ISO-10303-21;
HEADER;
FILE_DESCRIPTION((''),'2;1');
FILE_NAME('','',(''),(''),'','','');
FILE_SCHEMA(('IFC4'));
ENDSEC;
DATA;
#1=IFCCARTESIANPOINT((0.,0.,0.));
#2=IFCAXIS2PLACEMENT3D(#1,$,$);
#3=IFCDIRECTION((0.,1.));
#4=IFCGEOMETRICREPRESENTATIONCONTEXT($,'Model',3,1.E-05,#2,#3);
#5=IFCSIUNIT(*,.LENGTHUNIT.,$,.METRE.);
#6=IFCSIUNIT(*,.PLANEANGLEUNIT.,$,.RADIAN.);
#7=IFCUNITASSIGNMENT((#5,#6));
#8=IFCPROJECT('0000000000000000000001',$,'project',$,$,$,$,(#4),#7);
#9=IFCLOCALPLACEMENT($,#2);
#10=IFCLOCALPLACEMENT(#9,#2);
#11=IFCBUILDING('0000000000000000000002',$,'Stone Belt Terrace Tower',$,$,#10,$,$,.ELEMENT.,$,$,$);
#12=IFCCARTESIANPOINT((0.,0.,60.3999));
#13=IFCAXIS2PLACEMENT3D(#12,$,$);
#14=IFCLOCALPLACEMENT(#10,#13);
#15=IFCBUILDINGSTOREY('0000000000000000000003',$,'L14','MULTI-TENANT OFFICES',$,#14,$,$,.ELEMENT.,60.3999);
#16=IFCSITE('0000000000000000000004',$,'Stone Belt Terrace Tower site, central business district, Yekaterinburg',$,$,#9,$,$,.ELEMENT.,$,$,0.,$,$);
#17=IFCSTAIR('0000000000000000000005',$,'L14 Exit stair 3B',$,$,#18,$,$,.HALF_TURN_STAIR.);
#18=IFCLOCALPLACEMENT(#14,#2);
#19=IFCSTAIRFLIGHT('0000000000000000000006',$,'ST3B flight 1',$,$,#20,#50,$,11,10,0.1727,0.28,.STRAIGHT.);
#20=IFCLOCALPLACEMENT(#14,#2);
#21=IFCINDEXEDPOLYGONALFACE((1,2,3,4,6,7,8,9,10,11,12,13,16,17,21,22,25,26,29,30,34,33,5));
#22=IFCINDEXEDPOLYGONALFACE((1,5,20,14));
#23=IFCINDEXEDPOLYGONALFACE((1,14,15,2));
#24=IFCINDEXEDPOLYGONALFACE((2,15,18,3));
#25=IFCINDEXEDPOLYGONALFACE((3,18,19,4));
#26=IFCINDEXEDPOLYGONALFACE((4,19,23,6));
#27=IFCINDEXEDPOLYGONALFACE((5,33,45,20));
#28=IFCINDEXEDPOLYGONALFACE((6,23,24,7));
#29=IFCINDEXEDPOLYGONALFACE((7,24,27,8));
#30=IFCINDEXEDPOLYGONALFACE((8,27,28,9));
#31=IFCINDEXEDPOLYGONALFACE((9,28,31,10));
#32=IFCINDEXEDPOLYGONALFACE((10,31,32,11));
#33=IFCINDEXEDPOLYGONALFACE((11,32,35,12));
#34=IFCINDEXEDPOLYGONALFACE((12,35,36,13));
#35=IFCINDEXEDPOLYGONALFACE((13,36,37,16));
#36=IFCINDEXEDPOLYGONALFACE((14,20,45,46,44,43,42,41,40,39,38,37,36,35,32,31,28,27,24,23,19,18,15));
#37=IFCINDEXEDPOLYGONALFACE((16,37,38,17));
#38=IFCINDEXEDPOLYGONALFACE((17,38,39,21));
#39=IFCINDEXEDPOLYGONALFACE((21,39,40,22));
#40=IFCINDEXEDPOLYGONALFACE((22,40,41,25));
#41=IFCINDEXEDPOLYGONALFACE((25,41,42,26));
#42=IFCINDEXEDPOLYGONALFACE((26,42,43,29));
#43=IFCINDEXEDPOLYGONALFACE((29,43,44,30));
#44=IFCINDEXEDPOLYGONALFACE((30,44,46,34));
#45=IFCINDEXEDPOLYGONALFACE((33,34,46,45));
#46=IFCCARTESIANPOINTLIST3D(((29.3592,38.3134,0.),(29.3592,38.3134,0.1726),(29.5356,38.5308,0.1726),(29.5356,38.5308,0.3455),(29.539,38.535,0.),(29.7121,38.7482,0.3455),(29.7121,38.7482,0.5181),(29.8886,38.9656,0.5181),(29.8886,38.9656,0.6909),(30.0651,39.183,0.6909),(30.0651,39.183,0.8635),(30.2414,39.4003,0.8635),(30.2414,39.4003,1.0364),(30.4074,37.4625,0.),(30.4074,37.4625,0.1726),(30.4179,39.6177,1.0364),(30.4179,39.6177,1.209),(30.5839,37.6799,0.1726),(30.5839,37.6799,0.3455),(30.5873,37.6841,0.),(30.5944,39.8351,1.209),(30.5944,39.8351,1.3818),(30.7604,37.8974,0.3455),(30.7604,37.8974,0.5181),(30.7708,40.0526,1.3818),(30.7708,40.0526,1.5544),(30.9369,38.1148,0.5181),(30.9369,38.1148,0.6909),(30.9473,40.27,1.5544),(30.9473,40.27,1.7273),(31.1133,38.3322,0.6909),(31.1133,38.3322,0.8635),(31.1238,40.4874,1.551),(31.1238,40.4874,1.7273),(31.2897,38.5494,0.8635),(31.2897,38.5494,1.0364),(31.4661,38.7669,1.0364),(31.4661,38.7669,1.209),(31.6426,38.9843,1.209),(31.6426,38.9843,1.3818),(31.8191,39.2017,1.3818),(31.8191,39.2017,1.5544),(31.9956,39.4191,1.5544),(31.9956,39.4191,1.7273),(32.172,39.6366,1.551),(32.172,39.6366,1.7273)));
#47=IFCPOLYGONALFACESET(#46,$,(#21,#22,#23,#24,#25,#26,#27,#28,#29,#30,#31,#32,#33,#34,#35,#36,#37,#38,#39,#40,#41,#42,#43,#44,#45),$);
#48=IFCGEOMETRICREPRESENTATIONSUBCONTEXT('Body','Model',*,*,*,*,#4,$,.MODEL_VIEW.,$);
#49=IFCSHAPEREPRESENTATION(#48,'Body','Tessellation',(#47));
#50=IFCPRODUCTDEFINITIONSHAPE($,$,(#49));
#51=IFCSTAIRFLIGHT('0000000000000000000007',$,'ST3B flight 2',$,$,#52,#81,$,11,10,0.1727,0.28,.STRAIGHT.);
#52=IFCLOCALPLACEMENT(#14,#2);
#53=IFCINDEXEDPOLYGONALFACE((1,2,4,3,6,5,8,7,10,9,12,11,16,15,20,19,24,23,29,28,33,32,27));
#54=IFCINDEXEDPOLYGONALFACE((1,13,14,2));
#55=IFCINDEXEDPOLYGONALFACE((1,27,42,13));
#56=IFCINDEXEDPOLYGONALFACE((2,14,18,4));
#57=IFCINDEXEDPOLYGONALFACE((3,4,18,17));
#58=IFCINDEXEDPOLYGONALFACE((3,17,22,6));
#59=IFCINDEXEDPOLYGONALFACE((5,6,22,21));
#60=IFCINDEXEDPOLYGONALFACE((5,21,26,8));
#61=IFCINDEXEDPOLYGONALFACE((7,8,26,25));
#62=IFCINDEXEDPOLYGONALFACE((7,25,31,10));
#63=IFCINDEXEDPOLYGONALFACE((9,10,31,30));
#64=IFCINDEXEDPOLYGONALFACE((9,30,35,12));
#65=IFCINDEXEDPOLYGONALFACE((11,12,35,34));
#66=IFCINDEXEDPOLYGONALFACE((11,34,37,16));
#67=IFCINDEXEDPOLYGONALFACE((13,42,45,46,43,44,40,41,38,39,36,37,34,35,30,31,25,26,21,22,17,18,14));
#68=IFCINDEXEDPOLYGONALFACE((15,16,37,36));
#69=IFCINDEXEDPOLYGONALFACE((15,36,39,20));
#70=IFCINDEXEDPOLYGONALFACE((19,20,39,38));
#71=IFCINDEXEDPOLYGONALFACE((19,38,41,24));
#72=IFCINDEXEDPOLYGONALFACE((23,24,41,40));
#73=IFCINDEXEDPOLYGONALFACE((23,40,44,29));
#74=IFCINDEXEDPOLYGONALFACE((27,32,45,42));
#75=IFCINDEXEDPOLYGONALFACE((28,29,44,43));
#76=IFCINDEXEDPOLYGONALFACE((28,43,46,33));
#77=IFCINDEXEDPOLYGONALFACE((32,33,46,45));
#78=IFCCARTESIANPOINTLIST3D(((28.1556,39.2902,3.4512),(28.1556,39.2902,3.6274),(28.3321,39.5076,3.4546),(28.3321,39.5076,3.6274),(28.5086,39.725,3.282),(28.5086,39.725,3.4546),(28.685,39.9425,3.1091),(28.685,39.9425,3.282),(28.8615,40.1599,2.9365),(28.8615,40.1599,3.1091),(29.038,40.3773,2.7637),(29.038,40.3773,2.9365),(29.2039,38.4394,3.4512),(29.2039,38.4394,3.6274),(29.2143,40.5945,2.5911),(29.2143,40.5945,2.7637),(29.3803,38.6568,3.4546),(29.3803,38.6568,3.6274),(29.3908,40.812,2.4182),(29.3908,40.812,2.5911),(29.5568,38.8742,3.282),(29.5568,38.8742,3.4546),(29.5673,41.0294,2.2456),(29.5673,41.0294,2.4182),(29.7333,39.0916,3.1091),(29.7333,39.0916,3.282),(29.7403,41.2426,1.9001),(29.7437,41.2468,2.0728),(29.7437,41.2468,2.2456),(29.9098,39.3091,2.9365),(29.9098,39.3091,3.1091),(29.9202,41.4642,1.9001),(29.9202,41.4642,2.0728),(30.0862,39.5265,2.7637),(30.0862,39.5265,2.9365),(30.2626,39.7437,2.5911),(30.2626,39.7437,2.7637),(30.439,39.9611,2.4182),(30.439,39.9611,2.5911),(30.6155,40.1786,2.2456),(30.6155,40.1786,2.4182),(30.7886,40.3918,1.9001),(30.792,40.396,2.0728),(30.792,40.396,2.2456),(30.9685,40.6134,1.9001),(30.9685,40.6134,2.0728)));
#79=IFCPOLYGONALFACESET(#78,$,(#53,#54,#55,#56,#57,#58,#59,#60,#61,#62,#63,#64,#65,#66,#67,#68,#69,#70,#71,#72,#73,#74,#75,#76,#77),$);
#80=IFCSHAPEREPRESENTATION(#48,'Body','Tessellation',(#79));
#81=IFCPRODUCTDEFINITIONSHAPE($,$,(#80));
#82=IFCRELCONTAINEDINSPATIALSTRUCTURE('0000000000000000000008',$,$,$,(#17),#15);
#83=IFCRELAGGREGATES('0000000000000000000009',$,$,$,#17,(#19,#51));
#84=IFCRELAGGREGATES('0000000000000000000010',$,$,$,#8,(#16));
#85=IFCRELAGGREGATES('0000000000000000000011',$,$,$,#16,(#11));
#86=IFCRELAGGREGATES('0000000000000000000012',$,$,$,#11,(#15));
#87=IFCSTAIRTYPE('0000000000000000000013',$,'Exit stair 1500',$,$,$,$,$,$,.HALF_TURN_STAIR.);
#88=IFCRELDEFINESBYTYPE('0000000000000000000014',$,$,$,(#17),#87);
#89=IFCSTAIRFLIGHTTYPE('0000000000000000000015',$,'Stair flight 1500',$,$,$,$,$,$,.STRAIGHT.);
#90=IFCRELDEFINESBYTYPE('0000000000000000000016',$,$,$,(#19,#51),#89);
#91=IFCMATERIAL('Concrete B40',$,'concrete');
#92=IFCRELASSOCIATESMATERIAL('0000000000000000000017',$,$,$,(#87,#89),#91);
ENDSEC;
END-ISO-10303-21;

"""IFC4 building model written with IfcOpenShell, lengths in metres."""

from ifc_helpers import new_model, si_unit, direction, frame, origin, place, context, subcontext, project, spatial, polyline, outline, extrude, material, type_object, element, aggregate, save


model = new_model("IFC4")

# Units and contexts
model_context = context("Model", 3, precision=1e-05, world=origin(), true_north=direction((0.0, 1.0)))
body_context = subcontext(model_context, "Body", "Model", "MODEL_VIEW")
ifc_project = project(units=[si_unit("LENGTHUNIT", "METRE"), si_unit("PLANEANGLEUNIT", "RADIAN")], contexts=[model_context])

# Site, building, storey
site_placement = place(None, origin())
site = spatial("IfcSite", under=ifc_project, at=site_placement, Name="Stone Belt Terrace Tower site, central business district, Yekaterinburg", CompositionType="ELEMENT", RefElevation=0.0)
building_placement = place(site_placement, origin())
building = spatial("IfcBuilding", under=site, at=building_placement, Name="Stone Belt Terrace Tower", CompositionType="ELEMENT")
storey_placement = place(building_placement, frame((0.0, 0.0, 60.3999)))
storey = spatial("IfcBuildingStorey", under=building, at=storey_placement, Name="L14", Description="MULTI-TENANT OFFICES", CompositionType="ELEMENT", Elevation=60.3999)

# Shared definitions
ifc_material_1 = material(Name="Concrete B40", Category="concrete")
stair_type = type_object("IfcStairType", Name="Exit stair 1500", PredefinedType="HALF_TURN_STAIR", material=ifc_material_1)
stair_flight_type = type_object("IfcStairFlightType", Name="Stair flight 1500", PredefinedType="STRAIGHT", material=ifc_material_1)

# Stair, stair flights
stair_1_placement = place(storey_placement, origin())
stair_1 = element("IfcStair", 1, at=stair_1_placement, inside=storey, type_object=stair_type, Name="L14 Exit stair 3B", PredefinedType="HALF_TURN_STAIR")
stair_flight_1_placement = place(storey_placement, frame((29.8833, 37.8879, 0.0), z_axis=(0.0, 0.0, 1.0), x_axis=(0.630206, 0.776428, 0.0)))
stair_flight_1 = element("IfcStairFlight", 2, at=stair_flight_1_placement, type_object=stair_flight_type, Name="ST3B flight 1", NumberOfRisers=11, NumberOfTreads=10, PredefinedType="STRAIGHT", RiserHeight=0.1727, TreadLength=0.28, context=body_context, shape_type="SweptSolid", body=[
    extrude(outline(polyline([(0.0, 0.0), (0.0, 0.1726), (0.28, 0.1726), (0.28, 0.3455), (0.5601, 0.3455), (0.5601, 0.5181), (0.8401, 0.5181), (0.8401, 0.6909), (1.1201, 0.6909), (1.1201, 0.8635), (1.3999, 0.8635), (1.3999, 1.0364), (1.6799, 1.0364), (1.6799, 1.209), (1.96, 1.209), (1.96, 1.3818), (2.24, 1.3818), (2.24, 1.5544), (2.52, 1.5544), (2.52, 1.7273), (2.8, 1.7273), (2.8, 1.8999), (2.8, 1.551), (0.2854, 0.0), (0.0, 0.0)])), frame((0.0, 0.675, 0.0), z_axis=(0.0, -1.0, 0.0), x_axis=(1.0, 0.0, 0.0)), (0.0, 0.0, 1.0), 1.3501),
])
stair_flight_2_placement = place(storey_placement, frame((30.4443, 41.0388, 1.9001), z_axis=(0.0, 0.0, 1.0), x_axis=(-0.630206, -0.776428, 0.0)))
stair_flight_2 = element("IfcStairFlight", 3, at=stair_flight_2_placement, type_object=stair_flight_type, Name="ST3B flight 2", NumberOfRisers=11, NumberOfTreads=10, PredefinedType="STRAIGHT", RiserHeight=0.1727, TreadLength=0.28, context=body_context, shape_type="SweptSolid", body=[
    extrude(outline(polyline([(0.0, 0.0), (0.0, 0.1726), (0.28, 0.1726), (0.28, 0.3455), (0.5601, 0.3455), (0.5601, 0.5181), (0.8401, 0.5181), (0.8401, 0.6909), (1.1201, 0.6909), (1.1201, 0.8635), (1.3999, 0.8635), (1.3999, 1.0364), (1.6799, 1.0364), (1.6799, 1.209), (1.96, 1.209), (1.96, 1.3818), (2.24, 1.3818), (2.24, 1.5544), (2.52, 1.5544), (2.52, 1.7273), (2.8, 1.7273), (2.8, 1.8999), (2.8, 1.551), (0.2854, 0.0), (0.0, 0.0)])), frame((0.0, 0.675, 0.0), z_axis=(0.0, -1.0, 0.0), x_axis=(1.0, 0.0, 0.0)), (0.0, 0.0, 1.0), 1.3501),
])
aggregate(stair_1, [stair_flight_1, stair_flight_2])

save(model, "model.ifc")
